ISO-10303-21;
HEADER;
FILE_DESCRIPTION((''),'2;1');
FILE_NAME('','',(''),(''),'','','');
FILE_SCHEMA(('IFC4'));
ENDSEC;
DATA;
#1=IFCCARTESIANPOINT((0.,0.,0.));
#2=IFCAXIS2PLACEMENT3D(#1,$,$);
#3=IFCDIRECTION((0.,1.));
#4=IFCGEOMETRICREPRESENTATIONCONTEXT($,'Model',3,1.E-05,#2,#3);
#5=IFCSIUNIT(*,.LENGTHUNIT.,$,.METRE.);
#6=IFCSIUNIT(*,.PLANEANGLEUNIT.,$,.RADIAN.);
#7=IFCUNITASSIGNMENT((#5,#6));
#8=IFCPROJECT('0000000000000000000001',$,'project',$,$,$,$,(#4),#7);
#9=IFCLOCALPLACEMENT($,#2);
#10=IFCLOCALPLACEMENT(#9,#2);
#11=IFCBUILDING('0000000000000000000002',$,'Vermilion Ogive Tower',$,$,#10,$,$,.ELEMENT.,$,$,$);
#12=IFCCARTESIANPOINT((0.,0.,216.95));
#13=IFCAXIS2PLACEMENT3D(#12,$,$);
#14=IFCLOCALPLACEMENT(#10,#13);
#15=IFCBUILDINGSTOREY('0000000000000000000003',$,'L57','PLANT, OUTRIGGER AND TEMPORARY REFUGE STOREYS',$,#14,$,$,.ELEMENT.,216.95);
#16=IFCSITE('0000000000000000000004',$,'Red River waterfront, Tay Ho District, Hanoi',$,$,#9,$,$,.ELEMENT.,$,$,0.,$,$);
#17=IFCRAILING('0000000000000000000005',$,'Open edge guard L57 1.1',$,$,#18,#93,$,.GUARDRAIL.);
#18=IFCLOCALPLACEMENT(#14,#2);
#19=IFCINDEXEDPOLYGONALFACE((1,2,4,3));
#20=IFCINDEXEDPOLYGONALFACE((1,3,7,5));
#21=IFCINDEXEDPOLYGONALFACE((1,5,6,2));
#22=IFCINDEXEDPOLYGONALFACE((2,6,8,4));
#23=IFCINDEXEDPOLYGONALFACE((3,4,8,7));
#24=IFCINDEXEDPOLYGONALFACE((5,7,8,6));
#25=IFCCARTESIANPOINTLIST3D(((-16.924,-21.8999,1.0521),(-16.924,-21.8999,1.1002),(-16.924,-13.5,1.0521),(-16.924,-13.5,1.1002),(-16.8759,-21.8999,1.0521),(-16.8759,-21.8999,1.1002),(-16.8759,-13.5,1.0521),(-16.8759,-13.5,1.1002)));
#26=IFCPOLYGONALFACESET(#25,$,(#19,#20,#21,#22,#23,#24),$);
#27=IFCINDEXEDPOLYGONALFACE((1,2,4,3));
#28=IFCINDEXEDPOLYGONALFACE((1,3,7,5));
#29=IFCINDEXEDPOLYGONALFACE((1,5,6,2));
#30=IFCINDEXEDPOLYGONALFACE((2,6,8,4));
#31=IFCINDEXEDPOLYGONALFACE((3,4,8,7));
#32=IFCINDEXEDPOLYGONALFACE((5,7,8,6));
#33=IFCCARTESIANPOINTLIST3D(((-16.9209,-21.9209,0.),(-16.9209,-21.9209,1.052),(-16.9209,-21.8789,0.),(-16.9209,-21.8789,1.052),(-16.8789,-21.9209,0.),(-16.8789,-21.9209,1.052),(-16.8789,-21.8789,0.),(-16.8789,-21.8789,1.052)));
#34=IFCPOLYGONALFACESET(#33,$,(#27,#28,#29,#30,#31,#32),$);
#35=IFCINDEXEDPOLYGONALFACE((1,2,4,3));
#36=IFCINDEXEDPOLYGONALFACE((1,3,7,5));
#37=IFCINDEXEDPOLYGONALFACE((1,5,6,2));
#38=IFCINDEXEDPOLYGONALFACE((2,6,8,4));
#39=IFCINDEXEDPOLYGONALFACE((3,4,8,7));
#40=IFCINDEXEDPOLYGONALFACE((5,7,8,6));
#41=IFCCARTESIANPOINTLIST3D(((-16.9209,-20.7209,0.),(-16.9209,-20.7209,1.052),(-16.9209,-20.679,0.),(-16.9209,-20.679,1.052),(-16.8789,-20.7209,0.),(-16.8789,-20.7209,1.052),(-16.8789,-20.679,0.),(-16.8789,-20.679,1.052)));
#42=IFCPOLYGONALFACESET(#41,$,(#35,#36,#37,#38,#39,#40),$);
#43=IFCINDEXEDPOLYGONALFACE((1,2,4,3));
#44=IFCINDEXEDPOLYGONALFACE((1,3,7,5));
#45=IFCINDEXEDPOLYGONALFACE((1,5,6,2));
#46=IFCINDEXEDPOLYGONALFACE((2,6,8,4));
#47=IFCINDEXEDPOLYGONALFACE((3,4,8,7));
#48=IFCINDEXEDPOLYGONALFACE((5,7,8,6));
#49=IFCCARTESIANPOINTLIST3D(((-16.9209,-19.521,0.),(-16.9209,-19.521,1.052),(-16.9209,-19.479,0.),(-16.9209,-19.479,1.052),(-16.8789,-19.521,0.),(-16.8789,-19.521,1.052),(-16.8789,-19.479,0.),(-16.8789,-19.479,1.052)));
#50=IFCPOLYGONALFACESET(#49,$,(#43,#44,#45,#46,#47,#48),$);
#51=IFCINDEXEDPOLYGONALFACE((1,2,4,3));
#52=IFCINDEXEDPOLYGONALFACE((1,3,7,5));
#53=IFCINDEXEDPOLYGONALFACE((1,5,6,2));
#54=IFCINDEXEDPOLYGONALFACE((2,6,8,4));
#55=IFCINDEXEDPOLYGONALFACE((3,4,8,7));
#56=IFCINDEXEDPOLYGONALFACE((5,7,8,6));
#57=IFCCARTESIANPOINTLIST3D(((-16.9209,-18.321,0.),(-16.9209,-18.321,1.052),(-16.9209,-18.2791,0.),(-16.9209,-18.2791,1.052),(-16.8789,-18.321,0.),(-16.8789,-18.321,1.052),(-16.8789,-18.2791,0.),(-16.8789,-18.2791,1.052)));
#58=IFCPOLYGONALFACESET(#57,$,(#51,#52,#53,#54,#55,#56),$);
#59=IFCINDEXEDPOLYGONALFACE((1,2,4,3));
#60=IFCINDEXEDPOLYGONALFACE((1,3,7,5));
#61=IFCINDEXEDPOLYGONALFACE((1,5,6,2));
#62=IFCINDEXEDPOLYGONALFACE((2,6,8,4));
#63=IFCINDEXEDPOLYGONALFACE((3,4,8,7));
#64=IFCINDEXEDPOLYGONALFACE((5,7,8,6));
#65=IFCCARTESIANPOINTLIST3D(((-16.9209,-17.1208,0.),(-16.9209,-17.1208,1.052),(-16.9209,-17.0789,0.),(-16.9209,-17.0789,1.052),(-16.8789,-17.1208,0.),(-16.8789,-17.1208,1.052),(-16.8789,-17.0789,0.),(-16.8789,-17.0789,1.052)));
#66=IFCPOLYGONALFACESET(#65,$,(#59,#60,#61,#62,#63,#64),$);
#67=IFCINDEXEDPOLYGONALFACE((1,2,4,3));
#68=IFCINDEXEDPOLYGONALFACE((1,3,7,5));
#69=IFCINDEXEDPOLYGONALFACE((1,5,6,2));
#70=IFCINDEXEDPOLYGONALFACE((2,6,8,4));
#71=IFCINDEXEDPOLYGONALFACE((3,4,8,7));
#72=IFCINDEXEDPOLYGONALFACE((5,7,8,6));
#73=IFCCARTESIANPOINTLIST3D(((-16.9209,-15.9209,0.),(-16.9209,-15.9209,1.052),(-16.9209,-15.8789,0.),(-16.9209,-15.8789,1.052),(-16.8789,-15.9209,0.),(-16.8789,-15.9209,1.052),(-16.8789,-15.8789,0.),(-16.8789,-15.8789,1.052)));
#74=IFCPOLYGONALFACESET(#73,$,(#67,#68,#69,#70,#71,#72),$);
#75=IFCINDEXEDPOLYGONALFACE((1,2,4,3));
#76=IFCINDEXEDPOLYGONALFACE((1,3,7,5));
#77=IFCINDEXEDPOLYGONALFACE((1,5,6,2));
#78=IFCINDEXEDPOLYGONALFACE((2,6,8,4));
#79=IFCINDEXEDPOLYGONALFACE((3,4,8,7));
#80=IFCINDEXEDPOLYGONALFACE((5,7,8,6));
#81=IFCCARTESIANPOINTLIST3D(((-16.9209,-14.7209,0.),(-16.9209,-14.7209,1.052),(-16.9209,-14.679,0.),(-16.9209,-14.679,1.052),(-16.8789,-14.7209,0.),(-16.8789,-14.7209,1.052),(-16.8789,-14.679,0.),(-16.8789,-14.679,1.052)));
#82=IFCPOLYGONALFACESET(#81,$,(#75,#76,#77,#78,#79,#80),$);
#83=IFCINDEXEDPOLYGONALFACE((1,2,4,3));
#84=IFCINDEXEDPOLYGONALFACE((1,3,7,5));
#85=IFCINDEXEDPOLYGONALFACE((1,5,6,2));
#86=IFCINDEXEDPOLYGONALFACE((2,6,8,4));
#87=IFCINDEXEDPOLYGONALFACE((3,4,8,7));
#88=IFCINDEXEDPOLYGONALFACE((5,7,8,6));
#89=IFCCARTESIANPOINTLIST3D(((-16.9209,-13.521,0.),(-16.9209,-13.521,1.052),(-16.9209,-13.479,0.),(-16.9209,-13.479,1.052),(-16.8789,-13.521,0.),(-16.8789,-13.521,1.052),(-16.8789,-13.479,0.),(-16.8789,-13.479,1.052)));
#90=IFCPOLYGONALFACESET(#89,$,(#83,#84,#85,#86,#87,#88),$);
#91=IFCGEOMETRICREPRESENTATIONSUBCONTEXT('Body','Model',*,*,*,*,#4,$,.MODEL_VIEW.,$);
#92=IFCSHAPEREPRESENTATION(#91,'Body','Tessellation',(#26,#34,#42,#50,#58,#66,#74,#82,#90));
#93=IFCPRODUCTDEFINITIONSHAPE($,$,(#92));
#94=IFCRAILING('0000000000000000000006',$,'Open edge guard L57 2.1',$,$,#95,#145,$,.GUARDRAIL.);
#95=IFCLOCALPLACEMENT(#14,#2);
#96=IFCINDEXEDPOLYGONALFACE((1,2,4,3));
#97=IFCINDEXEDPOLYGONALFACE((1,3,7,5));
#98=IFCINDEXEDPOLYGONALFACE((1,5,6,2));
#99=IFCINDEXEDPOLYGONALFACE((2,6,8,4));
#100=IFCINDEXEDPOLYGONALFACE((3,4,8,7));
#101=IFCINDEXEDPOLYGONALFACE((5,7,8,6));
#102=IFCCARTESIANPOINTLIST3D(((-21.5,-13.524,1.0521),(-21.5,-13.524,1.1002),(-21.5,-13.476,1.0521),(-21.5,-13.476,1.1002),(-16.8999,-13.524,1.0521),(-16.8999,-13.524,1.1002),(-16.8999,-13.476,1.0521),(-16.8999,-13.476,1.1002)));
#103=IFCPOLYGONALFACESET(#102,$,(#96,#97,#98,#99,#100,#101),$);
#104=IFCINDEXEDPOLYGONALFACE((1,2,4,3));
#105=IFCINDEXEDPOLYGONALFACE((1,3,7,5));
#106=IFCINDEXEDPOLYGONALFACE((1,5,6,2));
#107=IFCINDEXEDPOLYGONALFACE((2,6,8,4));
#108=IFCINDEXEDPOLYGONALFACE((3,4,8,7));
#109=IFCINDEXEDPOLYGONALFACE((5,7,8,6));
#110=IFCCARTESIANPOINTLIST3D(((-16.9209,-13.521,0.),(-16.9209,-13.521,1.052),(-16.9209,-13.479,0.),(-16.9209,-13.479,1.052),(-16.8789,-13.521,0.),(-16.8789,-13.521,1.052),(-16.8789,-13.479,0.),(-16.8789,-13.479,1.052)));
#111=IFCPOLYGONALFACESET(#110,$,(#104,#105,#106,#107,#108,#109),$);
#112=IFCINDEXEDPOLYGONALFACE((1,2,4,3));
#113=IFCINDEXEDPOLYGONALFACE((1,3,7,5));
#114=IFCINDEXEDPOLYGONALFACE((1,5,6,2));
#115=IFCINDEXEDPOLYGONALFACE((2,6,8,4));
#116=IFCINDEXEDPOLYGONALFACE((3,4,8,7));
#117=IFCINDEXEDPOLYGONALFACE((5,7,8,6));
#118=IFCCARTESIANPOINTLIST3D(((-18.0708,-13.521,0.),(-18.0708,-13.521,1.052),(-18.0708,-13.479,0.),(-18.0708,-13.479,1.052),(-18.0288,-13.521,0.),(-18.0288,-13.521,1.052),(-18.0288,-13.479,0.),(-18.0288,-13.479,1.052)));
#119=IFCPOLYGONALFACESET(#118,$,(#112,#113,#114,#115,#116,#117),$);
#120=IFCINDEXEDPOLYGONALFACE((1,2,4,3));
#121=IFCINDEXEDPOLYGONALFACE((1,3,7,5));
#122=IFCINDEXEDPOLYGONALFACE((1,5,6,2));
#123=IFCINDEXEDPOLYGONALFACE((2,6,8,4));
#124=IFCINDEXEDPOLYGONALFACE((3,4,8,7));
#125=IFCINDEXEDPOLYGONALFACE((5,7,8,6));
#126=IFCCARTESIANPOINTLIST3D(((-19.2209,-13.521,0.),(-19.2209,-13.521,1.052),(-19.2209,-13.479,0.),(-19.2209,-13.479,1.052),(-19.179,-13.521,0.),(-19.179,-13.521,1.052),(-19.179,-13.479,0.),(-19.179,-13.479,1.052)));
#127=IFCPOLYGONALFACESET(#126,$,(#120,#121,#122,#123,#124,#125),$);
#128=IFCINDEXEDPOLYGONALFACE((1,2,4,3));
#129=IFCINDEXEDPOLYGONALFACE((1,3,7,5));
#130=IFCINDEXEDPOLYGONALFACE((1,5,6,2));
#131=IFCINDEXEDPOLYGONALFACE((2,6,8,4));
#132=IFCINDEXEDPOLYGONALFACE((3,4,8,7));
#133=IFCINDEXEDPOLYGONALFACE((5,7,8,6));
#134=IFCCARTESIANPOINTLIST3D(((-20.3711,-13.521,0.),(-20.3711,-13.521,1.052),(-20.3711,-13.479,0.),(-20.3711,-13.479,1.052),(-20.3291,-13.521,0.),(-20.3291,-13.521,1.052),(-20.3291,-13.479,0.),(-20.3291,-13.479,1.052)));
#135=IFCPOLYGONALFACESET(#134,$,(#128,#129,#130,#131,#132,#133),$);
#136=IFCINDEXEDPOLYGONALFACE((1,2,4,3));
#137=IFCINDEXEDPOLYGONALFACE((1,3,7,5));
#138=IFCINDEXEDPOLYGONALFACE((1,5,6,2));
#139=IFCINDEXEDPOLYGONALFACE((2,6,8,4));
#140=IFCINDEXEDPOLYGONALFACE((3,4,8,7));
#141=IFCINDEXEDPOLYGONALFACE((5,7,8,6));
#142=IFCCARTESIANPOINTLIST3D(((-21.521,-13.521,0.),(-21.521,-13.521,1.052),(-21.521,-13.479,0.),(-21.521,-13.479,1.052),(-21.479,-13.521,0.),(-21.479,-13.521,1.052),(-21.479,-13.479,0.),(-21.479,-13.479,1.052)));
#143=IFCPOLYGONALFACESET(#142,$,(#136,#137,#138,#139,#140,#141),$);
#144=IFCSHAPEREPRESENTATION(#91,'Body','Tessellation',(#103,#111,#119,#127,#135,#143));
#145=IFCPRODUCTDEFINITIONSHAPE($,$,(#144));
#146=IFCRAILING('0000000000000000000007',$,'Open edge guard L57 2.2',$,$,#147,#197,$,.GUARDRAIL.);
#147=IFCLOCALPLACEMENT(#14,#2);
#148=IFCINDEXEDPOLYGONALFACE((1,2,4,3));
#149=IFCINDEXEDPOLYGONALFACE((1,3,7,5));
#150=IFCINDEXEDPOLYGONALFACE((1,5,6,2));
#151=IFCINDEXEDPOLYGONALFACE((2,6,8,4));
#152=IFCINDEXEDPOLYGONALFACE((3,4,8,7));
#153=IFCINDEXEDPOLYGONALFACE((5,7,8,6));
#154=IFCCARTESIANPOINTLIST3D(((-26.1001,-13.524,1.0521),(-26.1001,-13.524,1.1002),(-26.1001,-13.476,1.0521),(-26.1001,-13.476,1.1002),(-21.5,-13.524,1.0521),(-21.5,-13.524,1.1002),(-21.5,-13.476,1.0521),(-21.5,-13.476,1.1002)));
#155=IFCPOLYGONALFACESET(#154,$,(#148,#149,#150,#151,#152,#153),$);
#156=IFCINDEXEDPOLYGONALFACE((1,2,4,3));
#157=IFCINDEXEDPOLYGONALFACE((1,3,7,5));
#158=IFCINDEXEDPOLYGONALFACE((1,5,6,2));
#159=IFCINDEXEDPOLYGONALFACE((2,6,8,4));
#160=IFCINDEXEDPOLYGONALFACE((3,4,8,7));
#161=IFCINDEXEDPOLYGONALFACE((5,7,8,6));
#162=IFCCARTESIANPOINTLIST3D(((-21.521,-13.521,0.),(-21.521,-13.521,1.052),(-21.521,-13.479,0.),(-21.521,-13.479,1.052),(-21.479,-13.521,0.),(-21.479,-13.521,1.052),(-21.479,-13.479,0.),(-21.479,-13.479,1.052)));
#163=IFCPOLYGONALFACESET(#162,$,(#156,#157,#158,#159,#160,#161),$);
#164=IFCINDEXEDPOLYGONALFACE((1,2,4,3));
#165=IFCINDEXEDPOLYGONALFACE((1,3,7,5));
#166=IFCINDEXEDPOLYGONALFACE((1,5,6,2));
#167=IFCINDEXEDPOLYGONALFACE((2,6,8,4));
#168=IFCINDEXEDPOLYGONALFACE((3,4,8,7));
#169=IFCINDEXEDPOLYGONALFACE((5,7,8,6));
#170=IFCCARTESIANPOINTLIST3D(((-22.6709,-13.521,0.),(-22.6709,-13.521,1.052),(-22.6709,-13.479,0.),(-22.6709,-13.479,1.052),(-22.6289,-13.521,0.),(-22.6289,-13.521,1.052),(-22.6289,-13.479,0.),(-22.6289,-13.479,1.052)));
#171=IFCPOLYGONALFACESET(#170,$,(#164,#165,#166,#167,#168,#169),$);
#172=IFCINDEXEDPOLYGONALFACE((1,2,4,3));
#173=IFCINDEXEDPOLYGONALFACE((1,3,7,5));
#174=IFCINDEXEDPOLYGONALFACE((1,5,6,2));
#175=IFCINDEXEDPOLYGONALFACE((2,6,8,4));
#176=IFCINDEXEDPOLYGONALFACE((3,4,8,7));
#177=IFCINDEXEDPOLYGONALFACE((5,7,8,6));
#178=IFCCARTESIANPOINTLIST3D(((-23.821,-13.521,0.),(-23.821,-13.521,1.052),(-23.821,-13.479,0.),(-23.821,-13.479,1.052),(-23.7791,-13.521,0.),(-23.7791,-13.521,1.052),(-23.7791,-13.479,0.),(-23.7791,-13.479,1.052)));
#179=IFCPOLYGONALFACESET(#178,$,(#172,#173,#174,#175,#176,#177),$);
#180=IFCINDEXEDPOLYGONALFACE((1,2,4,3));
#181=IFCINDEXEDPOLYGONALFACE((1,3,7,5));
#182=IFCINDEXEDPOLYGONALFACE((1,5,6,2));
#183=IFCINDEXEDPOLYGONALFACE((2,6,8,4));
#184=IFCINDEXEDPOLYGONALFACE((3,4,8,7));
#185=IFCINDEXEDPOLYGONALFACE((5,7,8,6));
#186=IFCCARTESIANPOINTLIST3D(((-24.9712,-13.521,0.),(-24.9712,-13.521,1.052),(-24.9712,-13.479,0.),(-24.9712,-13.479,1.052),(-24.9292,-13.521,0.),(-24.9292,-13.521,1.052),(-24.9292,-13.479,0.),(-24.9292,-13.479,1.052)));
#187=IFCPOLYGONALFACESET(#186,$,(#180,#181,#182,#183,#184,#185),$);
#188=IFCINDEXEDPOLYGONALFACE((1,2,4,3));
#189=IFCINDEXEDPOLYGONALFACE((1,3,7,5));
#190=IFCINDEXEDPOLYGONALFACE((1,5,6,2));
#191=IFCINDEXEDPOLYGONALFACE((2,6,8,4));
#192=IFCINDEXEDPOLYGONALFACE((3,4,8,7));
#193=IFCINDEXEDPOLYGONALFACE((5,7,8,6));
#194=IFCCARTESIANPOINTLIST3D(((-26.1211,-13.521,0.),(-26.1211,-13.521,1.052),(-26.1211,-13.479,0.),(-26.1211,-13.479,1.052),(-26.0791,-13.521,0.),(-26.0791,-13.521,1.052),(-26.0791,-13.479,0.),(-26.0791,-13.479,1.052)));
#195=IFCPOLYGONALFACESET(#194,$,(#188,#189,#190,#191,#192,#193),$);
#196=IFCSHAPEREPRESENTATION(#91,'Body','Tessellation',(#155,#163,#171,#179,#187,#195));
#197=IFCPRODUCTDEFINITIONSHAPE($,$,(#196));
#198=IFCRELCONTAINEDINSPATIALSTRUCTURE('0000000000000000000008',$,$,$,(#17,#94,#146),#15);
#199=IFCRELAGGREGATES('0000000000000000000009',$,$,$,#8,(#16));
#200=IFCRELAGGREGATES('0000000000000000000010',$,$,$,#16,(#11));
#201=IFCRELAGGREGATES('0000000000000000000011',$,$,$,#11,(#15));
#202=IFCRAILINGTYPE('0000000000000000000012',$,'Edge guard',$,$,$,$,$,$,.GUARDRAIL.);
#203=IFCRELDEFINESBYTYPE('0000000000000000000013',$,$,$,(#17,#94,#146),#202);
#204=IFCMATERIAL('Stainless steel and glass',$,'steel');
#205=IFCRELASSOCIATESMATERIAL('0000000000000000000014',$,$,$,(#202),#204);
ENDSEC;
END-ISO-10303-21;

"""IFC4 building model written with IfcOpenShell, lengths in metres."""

from ifc_helpers import new_model, si_unit, direction, frame, origin, origin_2d, place, context, subcontext, project, spatial, rectangle, extrude, material, type_object, element, save


model = new_model("IFC4")

# Units and contexts
model_context = context("Model", 3, precision=1e-05, world=origin(), true_north=direction((0.0, 1.0)))
body_context = subcontext(model_context, "Body", "Model", "MODEL_VIEW")
ifc_project = project(units=[si_unit("LENGTHUNIT", "METRE"), si_unit("PLANEANGLEUNIT", "RADIAN")], contexts=[model_context])

# Site, building, storey
site_placement = place(None, origin())
site = spatial("IfcSite", under=ifc_project, at=site_placement, Name="Red River waterfront, Tay Ho District, Hanoi", CompositionType="ELEMENT", RefElevation=0.0)
building_placement = place(site_placement, origin())
building = spatial("IfcBuilding", under=site, at=building_placement, Name="Vermilion Ogive Tower", CompositionType="ELEMENT")
storey_placement = place(building_placement, frame((0.0, 0.0, 216.95)))
storey = spatial("IfcBuildingStorey", under=building, at=storey_placement, Name="L57", Description="PLANT, OUTRIGGER AND TEMPORARY REFUGE STOREYS", CompositionType="ELEMENT", Elevation=216.95)

# Railings
ifc_material_1 = material(Name="Stainless steel and glass", Category="steel")
railing_type_1 = type_object("IfcRailingType", Name="Edge guard", PredefinedType="GUARDRAIL", material=ifc_material_1)
railing_1_placement = place(storey_placement, frame((-16.8999, -21.8999, 0.0)))
element("IfcRailing", 1, at=railing_1_placement, inside=storey, type_object=railing_type_1, Name="Open edge guard L57 1.1", PredefinedType="GUARDRAIL", context=body_context, shape_type="SweptSolid", body=[
    extrude(rectangle(XDim=0.0481, YDim=0.0481, at=origin_2d()), frame((0.0, 0.0, 1.0762), z_axis=(0.0, 1.0, 0.0), x_axis=(-1.0, 0.0, 0.0)), (0.0, 0.0, 1.0), 8.3999),
    extrude(rectangle(XDim=0.042, YDim=0.042, at=origin_2d()), origin(), (0.0, 0.0, 1.0), 1.052),
    extrude(rectangle(XDim=0.042, YDim=0.042, at=origin_2d()), frame((0.0, 1.2, 0.0)), (0.0, 0.0, 1.0), 1.052),
    extrude(rectangle(XDim=0.042, YDim=0.042, at=origin_2d()), frame((0.0, 2.3999, 0.0)), (0.0, 0.0, 1.0), 1.052),
    extrude(rectangle(XDim=0.042, YDim=0.042, at=origin_2d()), frame((0.0, 3.5999, 0.0)), (0.0, 0.0, 1.0), 1.052),
    extrude(rectangle(XDim=0.042, YDim=0.042, at=origin_2d()), frame((0.0, 4.8, 0.0)), (0.0, 0.0, 1.0), 1.052),
    extrude(rectangle(XDim=0.042, YDim=0.042, at=origin_2d()), frame((0.0, 6.0, 0.0)), (0.0, 0.0, 1.0), 1.052),
    extrude(rectangle(XDim=0.042, YDim=0.042, at=origin_2d()), frame((0.0, 7.2, 0.0)), (0.0, 0.0, 1.0), 1.052),
    extrude(rectangle(XDim=0.042, YDim=0.042, at=origin_2d()), frame((0.0, 8.3999, 0.0)), (0.0, 0.0, 1.0), 1.052),
])
for number, where, name in (
    (2, (-16.8999, -13.5, 0.0), "Open edge guard L57 2.1"),
    (3, (-21.5, -13.5, 0.0), "Open edge guard L57 2.2"),
):
    element("IfcRailing", number, at=place(storey_placement, frame(where)), inside=storey, type_object=railing_type_1, Name=name, PredefinedType="GUARDRAIL", context=body_context, shape_type="SweptSolid", body=[
        extrude(rectangle(XDim=0.0481, YDim=0.0481, at=origin_2d()), frame((0.0, 0.0, 1.0762), z_axis=(-1.0, 0.0, 0.0), x_axis=(0.0, -1.0, 0.0)), (0.0, 0.0, 1.0), 4.6001),
        extrude(rectangle(XDim=0.042, YDim=0.042, at=origin_2d()), origin(), (0.0, 0.0, 1.0), 1.052),
        extrude(rectangle(XDim=0.042, YDim=0.042, at=origin_2d()), frame((-1.1499, 0.0, 0.0)), (0.0, 0.0, 1.0), 1.052),
        extrude(rectangle(XDim=0.042, YDim=0.042, at=origin_2d()), frame((-2.3, 0.0, 0.0)), (0.0, 0.0, 1.0), 1.052),
        extrude(rectangle(XDim=0.042, YDim=0.042, at=origin_2d()), frame((-3.4502, 0.0, 0.0)), (0.0, 0.0, 1.0), 1.052),
        extrude(rectangle(XDim=0.042, YDim=0.042, at=origin_2d()), frame((-4.6001, 0.0, 0.0)), (0.0, 0.0, 1.0), 1.052),
    ])

save(model, "model.ifc")
